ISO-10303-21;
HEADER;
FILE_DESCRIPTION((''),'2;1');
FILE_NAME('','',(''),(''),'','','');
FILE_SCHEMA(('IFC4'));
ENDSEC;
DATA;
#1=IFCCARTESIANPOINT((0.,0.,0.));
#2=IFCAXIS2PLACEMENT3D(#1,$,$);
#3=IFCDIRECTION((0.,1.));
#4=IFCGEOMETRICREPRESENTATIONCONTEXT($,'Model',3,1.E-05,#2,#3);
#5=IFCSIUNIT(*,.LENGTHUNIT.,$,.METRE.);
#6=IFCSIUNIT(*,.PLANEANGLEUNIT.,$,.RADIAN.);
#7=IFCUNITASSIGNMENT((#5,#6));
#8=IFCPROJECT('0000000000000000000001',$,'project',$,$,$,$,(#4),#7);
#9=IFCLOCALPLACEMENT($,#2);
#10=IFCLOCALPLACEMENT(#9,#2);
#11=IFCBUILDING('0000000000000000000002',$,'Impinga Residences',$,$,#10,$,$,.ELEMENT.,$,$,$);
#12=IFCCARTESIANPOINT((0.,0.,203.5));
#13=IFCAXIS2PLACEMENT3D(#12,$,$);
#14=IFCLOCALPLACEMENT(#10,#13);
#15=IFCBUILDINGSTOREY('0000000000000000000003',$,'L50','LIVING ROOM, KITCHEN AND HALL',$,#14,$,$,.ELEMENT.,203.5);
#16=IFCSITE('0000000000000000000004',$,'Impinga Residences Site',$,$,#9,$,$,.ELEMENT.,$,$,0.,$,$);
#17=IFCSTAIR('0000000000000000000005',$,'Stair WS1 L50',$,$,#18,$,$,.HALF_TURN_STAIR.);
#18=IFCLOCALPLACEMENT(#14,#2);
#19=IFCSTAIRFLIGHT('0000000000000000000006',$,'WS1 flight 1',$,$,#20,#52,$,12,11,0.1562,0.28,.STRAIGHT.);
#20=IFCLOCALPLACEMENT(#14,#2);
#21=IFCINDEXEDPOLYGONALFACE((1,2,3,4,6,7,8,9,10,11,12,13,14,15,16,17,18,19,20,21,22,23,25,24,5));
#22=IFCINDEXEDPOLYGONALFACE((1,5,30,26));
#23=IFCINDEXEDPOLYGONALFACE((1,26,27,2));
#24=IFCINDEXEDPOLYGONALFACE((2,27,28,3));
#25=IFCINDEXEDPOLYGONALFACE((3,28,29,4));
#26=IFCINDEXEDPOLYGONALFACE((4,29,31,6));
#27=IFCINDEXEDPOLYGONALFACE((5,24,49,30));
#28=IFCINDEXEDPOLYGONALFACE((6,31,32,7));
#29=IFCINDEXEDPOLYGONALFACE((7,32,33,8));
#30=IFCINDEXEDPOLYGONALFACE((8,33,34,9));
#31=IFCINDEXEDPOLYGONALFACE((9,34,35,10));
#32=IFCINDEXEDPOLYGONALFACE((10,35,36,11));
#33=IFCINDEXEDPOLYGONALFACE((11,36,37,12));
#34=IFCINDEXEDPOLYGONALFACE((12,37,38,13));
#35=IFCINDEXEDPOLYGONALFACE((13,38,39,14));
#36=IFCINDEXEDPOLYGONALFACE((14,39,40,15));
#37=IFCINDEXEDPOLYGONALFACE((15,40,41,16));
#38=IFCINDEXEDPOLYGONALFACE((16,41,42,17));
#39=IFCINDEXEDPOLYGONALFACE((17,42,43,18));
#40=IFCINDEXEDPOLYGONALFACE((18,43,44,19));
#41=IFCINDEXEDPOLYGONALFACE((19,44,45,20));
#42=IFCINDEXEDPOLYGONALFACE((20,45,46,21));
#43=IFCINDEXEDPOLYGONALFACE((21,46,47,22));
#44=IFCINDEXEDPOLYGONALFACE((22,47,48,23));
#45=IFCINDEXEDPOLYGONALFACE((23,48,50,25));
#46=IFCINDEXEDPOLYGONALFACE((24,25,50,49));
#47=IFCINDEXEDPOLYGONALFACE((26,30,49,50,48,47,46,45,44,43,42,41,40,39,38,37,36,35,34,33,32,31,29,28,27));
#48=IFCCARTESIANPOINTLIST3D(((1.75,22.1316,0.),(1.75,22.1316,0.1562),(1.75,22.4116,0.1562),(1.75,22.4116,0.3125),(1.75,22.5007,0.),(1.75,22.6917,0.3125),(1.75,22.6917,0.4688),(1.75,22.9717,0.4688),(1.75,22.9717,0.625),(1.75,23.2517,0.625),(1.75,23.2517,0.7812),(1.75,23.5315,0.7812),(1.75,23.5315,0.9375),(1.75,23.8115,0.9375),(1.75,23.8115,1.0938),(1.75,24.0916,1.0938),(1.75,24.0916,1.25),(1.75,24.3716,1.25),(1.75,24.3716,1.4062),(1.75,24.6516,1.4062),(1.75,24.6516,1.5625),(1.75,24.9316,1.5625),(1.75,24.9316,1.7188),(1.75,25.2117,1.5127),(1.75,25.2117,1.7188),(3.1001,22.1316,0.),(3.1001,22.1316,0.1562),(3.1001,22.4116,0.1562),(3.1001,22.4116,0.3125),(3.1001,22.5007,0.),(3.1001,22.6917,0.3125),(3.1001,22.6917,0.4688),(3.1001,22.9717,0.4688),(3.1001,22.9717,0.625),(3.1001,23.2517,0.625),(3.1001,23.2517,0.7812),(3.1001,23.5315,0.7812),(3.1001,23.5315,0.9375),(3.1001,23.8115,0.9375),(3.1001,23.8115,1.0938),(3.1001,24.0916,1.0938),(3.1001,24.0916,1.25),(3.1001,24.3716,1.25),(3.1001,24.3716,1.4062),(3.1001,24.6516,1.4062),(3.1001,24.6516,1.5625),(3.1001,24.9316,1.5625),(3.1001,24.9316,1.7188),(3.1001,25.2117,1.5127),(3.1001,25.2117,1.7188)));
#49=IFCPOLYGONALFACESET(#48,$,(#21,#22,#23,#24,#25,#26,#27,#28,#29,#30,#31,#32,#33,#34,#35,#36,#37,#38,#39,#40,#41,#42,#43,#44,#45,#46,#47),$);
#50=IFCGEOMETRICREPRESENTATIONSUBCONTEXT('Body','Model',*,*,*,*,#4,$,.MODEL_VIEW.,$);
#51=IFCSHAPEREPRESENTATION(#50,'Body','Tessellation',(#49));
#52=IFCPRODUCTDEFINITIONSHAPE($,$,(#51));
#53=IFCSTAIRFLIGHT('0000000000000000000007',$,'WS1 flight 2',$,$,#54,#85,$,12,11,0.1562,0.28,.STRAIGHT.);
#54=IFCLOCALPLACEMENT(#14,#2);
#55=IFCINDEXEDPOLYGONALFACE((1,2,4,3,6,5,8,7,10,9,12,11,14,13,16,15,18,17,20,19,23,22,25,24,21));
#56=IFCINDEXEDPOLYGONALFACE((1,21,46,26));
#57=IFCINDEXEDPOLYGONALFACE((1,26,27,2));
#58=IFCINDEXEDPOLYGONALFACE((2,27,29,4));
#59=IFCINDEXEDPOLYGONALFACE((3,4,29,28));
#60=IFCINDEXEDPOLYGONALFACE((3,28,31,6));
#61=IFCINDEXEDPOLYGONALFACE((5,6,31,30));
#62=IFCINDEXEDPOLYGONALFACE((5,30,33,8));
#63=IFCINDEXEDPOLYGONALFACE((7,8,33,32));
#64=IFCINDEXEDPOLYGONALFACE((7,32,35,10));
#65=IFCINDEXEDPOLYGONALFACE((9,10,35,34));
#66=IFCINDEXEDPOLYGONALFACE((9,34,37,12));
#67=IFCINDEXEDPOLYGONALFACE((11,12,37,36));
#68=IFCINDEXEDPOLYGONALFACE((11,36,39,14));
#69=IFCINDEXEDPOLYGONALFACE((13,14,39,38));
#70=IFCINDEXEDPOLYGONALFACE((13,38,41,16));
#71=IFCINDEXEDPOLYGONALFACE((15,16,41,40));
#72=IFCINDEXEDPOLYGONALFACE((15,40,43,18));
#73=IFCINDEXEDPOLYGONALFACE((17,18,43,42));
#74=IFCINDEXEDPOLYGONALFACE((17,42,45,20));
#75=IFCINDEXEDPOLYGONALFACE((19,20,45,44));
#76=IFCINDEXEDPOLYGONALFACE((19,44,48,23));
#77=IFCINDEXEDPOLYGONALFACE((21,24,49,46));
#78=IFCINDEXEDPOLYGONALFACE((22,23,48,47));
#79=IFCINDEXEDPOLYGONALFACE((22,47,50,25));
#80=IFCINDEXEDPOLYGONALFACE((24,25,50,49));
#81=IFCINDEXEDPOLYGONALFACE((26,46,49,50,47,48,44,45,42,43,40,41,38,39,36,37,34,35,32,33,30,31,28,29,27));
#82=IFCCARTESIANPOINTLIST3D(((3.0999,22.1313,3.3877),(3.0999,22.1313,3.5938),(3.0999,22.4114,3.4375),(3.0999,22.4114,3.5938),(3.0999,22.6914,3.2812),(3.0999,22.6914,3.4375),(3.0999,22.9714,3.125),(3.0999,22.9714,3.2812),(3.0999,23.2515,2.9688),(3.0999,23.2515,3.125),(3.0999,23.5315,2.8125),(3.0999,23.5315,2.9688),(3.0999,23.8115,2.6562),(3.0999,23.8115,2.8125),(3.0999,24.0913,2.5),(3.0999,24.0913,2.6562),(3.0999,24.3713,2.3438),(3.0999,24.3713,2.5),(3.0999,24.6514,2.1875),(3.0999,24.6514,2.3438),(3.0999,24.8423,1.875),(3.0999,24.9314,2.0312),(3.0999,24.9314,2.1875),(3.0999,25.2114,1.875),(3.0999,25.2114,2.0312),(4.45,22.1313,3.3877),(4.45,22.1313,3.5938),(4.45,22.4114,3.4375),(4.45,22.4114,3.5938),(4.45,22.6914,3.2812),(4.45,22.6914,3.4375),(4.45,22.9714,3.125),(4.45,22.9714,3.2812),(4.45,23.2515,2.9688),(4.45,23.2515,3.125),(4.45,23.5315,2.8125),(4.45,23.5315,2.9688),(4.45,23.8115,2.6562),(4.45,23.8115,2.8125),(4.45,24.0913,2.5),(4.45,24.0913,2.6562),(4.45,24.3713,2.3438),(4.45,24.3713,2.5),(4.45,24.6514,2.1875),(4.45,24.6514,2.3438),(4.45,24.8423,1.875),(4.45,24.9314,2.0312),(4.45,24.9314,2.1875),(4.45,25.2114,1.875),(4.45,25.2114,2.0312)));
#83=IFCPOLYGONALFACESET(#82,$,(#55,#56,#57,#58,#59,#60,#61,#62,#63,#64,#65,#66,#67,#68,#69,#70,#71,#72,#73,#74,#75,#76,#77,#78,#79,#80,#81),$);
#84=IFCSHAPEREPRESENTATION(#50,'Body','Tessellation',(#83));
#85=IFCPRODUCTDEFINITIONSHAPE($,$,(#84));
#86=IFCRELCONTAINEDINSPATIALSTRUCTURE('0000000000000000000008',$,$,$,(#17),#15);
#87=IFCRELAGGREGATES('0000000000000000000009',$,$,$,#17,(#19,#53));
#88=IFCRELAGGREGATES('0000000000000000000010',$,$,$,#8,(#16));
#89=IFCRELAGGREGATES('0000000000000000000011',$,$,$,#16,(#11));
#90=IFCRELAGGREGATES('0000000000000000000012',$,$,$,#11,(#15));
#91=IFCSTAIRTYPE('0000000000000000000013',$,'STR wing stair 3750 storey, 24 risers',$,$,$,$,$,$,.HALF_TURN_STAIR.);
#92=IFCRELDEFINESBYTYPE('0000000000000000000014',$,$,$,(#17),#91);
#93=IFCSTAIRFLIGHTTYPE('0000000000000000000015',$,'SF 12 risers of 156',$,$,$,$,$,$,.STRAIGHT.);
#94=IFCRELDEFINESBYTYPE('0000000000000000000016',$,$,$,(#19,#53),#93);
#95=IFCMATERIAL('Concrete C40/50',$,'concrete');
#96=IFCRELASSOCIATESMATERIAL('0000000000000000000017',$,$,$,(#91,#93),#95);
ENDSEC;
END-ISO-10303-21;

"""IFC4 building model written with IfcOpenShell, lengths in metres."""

from ifc_helpers import new_model, si_unit, direction, frame, origin, place, context, subcontext, project, spatial, polyline, outline, extrude, material, type_object, element, aggregate, save


model = new_model("IFC4")

# Units and contexts
model_context = context("Model", 3, precision=1e-05, world=origin(), true_north=direction((0.0, 1.0)))
body_context = subcontext(model_context, "Body", "Model", "MODEL_VIEW")
ifc_project = project(units=[si_unit("LENGTHUNIT", "METRE"), si_unit("PLANEANGLEUNIT", "RADIAN")], contexts=[model_context])

# Site, building, storey
site_placement = place(None, origin())
site = spatial("IfcSite", under=ifc_project, at=site_placement, Name="Impinga Residences Site", CompositionType="ELEMENT", RefElevation=0.0)
building_placement = place(site_placement, origin())
building = spatial("IfcBuilding", under=site, at=building_placement, Name="Impinga Residences", CompositionType="ELEMENT")
storey_placement = place(building_placement, frame((0.0, 0.0, 203.5)))
storey = spatial("IfcBuildingStorey", under=building, at=storey_placement, Name="L50", Description="LIVING ROOM, KITCHEN AND HALL", CompositionType="ELEMENT", Elevation=203.5)

# Stair, stair flights
ifc_material_1 = material(Name="Concrete C40/50", Category="concrete")
stair_type = type_object("IfcStairType", Name="STR wing stair 3750 storey, 24 risers", PredefinedType="HALF_TURN_STAIR", material=ifc_material_1)
stair_placement = place(storey_placement, origin())
stair = element("IfcStair", 1, at=stair_placement, inside=storey, type_object=stair_type, Name="Stair WS1 L50", PredefinedType="HALF_TURN_STAIR")
stair_flight_type = type_object("IfcStairFlightType", Name="SF 12 risers of 156", PredefinedType="STRAIGHT", material=ifc_material_1)
stair_flight_1_placement = place(storey_placement, frame((2.425, 22.1316, 0.0), z_axis=(0.0, 0.0, 1.0), x_axis=(0.0, 1.0, 0.0)))
stair_flight_1 = element("IfcStairFlight", 2, at=stair_flight_1_placement, type_object=stair_flight_type, Name="WS1 flight 1", NumberOfRisers=12, NumberOfTreads=11, PredefinedType="STRAIGHT", RiserHeight=0.1562, TreadLength=0.28, context=body_context, shape_type="SweptSolid", body=[
    extrude(outline(polyline([(0.0, 0.0), (0.0, 0.1562), (0.28, 0.1562), (0.28, 0.3125), (0.5601, 0.3125), (0.5601, 0.4688), (0.8401, 0.4688), (0.8401, 0.625), (1.1201, 0.625), (1.1201, 0.7812), (1.3999, 0.7812), (1.3999, 0.9375), (1.6799, 0.9375), (1.6799, 1.0938), (1.96, 1.0938), (1.96, 1.25), (2.24, 1.25), (2.24, 1.4062), (2.52, 1.4062), (2.52, 1.5625), (2.8, 1.5625), (2.8, 1.7188), (3.0801, 1.7188), (3.0801, 1.875), (3.0801, 1.5127), (0.3691, 0.0), (0.0, 0.0)])), frame((0.0, 0.675, 0.0), z_axis=(0.0, -1.0, 0.0), x_axis=(1.0, 0.0, 0.0)), (0.0, 0.0, 1.0), 1.3501),
])
stair_flight_2_placement = place(storey_placement, frame((3.7749, 25.2114, 1.875), z_axis=(0.0, 0.0, 1.0), x_axis=(0.0, -1.0, 0.0)))
stair_flight_2 = element("IfcStairFlight", 3, at=stair_flight_2_placement, type_object=stair_flight_type, Name="WS1 flight 2", NumberOfRisers=12, NumberOfTreads=11, PredefinedType="STRAIGHT", RiserHeight=0.1562, TreadLength=0.28, context=body_context, shape_type="SweptSolid", body=[
    extrude(outline(polyline([(0.0, 0.0), (0.0, 0.1562), (0.28, 0.1562), (0.28, 0.3125), (0.5601, 0.3125), (0.5601, 0.4688), (0.8401, 0.4688), (0.8401, 0.625), (1.1201, 0.625), (1.1201, 0.7812), (1.3999, 0.7812), (1.3999, 0.9375), (1.6799, 0.9375), (1.6799, 1.0938), (1.96, 1.0938), (1.96, 1.25), (2.24, 1.25), (2.24, 1.4062), (2.52, 1.4062), (2.52, 1.5625), (2.8, 1.5625), (2.8, 1.7188), (3.0801, 1.7188), (3.0801, 1.875), (3.0801, 1.5127), (0.3691, 0.0), (0.0, 0.0)])), frame((0.0, 0.675, 0.0), z_axis=(0.0, -1.0, 0.0), x_axis=(1.0, 0.0, 0.0)), (0.0, 0.0, 1.0), 1.3501),
])
aggregate(stair, [stair_flight_1, stair_flight_2])

save(model, "model.ifc")
